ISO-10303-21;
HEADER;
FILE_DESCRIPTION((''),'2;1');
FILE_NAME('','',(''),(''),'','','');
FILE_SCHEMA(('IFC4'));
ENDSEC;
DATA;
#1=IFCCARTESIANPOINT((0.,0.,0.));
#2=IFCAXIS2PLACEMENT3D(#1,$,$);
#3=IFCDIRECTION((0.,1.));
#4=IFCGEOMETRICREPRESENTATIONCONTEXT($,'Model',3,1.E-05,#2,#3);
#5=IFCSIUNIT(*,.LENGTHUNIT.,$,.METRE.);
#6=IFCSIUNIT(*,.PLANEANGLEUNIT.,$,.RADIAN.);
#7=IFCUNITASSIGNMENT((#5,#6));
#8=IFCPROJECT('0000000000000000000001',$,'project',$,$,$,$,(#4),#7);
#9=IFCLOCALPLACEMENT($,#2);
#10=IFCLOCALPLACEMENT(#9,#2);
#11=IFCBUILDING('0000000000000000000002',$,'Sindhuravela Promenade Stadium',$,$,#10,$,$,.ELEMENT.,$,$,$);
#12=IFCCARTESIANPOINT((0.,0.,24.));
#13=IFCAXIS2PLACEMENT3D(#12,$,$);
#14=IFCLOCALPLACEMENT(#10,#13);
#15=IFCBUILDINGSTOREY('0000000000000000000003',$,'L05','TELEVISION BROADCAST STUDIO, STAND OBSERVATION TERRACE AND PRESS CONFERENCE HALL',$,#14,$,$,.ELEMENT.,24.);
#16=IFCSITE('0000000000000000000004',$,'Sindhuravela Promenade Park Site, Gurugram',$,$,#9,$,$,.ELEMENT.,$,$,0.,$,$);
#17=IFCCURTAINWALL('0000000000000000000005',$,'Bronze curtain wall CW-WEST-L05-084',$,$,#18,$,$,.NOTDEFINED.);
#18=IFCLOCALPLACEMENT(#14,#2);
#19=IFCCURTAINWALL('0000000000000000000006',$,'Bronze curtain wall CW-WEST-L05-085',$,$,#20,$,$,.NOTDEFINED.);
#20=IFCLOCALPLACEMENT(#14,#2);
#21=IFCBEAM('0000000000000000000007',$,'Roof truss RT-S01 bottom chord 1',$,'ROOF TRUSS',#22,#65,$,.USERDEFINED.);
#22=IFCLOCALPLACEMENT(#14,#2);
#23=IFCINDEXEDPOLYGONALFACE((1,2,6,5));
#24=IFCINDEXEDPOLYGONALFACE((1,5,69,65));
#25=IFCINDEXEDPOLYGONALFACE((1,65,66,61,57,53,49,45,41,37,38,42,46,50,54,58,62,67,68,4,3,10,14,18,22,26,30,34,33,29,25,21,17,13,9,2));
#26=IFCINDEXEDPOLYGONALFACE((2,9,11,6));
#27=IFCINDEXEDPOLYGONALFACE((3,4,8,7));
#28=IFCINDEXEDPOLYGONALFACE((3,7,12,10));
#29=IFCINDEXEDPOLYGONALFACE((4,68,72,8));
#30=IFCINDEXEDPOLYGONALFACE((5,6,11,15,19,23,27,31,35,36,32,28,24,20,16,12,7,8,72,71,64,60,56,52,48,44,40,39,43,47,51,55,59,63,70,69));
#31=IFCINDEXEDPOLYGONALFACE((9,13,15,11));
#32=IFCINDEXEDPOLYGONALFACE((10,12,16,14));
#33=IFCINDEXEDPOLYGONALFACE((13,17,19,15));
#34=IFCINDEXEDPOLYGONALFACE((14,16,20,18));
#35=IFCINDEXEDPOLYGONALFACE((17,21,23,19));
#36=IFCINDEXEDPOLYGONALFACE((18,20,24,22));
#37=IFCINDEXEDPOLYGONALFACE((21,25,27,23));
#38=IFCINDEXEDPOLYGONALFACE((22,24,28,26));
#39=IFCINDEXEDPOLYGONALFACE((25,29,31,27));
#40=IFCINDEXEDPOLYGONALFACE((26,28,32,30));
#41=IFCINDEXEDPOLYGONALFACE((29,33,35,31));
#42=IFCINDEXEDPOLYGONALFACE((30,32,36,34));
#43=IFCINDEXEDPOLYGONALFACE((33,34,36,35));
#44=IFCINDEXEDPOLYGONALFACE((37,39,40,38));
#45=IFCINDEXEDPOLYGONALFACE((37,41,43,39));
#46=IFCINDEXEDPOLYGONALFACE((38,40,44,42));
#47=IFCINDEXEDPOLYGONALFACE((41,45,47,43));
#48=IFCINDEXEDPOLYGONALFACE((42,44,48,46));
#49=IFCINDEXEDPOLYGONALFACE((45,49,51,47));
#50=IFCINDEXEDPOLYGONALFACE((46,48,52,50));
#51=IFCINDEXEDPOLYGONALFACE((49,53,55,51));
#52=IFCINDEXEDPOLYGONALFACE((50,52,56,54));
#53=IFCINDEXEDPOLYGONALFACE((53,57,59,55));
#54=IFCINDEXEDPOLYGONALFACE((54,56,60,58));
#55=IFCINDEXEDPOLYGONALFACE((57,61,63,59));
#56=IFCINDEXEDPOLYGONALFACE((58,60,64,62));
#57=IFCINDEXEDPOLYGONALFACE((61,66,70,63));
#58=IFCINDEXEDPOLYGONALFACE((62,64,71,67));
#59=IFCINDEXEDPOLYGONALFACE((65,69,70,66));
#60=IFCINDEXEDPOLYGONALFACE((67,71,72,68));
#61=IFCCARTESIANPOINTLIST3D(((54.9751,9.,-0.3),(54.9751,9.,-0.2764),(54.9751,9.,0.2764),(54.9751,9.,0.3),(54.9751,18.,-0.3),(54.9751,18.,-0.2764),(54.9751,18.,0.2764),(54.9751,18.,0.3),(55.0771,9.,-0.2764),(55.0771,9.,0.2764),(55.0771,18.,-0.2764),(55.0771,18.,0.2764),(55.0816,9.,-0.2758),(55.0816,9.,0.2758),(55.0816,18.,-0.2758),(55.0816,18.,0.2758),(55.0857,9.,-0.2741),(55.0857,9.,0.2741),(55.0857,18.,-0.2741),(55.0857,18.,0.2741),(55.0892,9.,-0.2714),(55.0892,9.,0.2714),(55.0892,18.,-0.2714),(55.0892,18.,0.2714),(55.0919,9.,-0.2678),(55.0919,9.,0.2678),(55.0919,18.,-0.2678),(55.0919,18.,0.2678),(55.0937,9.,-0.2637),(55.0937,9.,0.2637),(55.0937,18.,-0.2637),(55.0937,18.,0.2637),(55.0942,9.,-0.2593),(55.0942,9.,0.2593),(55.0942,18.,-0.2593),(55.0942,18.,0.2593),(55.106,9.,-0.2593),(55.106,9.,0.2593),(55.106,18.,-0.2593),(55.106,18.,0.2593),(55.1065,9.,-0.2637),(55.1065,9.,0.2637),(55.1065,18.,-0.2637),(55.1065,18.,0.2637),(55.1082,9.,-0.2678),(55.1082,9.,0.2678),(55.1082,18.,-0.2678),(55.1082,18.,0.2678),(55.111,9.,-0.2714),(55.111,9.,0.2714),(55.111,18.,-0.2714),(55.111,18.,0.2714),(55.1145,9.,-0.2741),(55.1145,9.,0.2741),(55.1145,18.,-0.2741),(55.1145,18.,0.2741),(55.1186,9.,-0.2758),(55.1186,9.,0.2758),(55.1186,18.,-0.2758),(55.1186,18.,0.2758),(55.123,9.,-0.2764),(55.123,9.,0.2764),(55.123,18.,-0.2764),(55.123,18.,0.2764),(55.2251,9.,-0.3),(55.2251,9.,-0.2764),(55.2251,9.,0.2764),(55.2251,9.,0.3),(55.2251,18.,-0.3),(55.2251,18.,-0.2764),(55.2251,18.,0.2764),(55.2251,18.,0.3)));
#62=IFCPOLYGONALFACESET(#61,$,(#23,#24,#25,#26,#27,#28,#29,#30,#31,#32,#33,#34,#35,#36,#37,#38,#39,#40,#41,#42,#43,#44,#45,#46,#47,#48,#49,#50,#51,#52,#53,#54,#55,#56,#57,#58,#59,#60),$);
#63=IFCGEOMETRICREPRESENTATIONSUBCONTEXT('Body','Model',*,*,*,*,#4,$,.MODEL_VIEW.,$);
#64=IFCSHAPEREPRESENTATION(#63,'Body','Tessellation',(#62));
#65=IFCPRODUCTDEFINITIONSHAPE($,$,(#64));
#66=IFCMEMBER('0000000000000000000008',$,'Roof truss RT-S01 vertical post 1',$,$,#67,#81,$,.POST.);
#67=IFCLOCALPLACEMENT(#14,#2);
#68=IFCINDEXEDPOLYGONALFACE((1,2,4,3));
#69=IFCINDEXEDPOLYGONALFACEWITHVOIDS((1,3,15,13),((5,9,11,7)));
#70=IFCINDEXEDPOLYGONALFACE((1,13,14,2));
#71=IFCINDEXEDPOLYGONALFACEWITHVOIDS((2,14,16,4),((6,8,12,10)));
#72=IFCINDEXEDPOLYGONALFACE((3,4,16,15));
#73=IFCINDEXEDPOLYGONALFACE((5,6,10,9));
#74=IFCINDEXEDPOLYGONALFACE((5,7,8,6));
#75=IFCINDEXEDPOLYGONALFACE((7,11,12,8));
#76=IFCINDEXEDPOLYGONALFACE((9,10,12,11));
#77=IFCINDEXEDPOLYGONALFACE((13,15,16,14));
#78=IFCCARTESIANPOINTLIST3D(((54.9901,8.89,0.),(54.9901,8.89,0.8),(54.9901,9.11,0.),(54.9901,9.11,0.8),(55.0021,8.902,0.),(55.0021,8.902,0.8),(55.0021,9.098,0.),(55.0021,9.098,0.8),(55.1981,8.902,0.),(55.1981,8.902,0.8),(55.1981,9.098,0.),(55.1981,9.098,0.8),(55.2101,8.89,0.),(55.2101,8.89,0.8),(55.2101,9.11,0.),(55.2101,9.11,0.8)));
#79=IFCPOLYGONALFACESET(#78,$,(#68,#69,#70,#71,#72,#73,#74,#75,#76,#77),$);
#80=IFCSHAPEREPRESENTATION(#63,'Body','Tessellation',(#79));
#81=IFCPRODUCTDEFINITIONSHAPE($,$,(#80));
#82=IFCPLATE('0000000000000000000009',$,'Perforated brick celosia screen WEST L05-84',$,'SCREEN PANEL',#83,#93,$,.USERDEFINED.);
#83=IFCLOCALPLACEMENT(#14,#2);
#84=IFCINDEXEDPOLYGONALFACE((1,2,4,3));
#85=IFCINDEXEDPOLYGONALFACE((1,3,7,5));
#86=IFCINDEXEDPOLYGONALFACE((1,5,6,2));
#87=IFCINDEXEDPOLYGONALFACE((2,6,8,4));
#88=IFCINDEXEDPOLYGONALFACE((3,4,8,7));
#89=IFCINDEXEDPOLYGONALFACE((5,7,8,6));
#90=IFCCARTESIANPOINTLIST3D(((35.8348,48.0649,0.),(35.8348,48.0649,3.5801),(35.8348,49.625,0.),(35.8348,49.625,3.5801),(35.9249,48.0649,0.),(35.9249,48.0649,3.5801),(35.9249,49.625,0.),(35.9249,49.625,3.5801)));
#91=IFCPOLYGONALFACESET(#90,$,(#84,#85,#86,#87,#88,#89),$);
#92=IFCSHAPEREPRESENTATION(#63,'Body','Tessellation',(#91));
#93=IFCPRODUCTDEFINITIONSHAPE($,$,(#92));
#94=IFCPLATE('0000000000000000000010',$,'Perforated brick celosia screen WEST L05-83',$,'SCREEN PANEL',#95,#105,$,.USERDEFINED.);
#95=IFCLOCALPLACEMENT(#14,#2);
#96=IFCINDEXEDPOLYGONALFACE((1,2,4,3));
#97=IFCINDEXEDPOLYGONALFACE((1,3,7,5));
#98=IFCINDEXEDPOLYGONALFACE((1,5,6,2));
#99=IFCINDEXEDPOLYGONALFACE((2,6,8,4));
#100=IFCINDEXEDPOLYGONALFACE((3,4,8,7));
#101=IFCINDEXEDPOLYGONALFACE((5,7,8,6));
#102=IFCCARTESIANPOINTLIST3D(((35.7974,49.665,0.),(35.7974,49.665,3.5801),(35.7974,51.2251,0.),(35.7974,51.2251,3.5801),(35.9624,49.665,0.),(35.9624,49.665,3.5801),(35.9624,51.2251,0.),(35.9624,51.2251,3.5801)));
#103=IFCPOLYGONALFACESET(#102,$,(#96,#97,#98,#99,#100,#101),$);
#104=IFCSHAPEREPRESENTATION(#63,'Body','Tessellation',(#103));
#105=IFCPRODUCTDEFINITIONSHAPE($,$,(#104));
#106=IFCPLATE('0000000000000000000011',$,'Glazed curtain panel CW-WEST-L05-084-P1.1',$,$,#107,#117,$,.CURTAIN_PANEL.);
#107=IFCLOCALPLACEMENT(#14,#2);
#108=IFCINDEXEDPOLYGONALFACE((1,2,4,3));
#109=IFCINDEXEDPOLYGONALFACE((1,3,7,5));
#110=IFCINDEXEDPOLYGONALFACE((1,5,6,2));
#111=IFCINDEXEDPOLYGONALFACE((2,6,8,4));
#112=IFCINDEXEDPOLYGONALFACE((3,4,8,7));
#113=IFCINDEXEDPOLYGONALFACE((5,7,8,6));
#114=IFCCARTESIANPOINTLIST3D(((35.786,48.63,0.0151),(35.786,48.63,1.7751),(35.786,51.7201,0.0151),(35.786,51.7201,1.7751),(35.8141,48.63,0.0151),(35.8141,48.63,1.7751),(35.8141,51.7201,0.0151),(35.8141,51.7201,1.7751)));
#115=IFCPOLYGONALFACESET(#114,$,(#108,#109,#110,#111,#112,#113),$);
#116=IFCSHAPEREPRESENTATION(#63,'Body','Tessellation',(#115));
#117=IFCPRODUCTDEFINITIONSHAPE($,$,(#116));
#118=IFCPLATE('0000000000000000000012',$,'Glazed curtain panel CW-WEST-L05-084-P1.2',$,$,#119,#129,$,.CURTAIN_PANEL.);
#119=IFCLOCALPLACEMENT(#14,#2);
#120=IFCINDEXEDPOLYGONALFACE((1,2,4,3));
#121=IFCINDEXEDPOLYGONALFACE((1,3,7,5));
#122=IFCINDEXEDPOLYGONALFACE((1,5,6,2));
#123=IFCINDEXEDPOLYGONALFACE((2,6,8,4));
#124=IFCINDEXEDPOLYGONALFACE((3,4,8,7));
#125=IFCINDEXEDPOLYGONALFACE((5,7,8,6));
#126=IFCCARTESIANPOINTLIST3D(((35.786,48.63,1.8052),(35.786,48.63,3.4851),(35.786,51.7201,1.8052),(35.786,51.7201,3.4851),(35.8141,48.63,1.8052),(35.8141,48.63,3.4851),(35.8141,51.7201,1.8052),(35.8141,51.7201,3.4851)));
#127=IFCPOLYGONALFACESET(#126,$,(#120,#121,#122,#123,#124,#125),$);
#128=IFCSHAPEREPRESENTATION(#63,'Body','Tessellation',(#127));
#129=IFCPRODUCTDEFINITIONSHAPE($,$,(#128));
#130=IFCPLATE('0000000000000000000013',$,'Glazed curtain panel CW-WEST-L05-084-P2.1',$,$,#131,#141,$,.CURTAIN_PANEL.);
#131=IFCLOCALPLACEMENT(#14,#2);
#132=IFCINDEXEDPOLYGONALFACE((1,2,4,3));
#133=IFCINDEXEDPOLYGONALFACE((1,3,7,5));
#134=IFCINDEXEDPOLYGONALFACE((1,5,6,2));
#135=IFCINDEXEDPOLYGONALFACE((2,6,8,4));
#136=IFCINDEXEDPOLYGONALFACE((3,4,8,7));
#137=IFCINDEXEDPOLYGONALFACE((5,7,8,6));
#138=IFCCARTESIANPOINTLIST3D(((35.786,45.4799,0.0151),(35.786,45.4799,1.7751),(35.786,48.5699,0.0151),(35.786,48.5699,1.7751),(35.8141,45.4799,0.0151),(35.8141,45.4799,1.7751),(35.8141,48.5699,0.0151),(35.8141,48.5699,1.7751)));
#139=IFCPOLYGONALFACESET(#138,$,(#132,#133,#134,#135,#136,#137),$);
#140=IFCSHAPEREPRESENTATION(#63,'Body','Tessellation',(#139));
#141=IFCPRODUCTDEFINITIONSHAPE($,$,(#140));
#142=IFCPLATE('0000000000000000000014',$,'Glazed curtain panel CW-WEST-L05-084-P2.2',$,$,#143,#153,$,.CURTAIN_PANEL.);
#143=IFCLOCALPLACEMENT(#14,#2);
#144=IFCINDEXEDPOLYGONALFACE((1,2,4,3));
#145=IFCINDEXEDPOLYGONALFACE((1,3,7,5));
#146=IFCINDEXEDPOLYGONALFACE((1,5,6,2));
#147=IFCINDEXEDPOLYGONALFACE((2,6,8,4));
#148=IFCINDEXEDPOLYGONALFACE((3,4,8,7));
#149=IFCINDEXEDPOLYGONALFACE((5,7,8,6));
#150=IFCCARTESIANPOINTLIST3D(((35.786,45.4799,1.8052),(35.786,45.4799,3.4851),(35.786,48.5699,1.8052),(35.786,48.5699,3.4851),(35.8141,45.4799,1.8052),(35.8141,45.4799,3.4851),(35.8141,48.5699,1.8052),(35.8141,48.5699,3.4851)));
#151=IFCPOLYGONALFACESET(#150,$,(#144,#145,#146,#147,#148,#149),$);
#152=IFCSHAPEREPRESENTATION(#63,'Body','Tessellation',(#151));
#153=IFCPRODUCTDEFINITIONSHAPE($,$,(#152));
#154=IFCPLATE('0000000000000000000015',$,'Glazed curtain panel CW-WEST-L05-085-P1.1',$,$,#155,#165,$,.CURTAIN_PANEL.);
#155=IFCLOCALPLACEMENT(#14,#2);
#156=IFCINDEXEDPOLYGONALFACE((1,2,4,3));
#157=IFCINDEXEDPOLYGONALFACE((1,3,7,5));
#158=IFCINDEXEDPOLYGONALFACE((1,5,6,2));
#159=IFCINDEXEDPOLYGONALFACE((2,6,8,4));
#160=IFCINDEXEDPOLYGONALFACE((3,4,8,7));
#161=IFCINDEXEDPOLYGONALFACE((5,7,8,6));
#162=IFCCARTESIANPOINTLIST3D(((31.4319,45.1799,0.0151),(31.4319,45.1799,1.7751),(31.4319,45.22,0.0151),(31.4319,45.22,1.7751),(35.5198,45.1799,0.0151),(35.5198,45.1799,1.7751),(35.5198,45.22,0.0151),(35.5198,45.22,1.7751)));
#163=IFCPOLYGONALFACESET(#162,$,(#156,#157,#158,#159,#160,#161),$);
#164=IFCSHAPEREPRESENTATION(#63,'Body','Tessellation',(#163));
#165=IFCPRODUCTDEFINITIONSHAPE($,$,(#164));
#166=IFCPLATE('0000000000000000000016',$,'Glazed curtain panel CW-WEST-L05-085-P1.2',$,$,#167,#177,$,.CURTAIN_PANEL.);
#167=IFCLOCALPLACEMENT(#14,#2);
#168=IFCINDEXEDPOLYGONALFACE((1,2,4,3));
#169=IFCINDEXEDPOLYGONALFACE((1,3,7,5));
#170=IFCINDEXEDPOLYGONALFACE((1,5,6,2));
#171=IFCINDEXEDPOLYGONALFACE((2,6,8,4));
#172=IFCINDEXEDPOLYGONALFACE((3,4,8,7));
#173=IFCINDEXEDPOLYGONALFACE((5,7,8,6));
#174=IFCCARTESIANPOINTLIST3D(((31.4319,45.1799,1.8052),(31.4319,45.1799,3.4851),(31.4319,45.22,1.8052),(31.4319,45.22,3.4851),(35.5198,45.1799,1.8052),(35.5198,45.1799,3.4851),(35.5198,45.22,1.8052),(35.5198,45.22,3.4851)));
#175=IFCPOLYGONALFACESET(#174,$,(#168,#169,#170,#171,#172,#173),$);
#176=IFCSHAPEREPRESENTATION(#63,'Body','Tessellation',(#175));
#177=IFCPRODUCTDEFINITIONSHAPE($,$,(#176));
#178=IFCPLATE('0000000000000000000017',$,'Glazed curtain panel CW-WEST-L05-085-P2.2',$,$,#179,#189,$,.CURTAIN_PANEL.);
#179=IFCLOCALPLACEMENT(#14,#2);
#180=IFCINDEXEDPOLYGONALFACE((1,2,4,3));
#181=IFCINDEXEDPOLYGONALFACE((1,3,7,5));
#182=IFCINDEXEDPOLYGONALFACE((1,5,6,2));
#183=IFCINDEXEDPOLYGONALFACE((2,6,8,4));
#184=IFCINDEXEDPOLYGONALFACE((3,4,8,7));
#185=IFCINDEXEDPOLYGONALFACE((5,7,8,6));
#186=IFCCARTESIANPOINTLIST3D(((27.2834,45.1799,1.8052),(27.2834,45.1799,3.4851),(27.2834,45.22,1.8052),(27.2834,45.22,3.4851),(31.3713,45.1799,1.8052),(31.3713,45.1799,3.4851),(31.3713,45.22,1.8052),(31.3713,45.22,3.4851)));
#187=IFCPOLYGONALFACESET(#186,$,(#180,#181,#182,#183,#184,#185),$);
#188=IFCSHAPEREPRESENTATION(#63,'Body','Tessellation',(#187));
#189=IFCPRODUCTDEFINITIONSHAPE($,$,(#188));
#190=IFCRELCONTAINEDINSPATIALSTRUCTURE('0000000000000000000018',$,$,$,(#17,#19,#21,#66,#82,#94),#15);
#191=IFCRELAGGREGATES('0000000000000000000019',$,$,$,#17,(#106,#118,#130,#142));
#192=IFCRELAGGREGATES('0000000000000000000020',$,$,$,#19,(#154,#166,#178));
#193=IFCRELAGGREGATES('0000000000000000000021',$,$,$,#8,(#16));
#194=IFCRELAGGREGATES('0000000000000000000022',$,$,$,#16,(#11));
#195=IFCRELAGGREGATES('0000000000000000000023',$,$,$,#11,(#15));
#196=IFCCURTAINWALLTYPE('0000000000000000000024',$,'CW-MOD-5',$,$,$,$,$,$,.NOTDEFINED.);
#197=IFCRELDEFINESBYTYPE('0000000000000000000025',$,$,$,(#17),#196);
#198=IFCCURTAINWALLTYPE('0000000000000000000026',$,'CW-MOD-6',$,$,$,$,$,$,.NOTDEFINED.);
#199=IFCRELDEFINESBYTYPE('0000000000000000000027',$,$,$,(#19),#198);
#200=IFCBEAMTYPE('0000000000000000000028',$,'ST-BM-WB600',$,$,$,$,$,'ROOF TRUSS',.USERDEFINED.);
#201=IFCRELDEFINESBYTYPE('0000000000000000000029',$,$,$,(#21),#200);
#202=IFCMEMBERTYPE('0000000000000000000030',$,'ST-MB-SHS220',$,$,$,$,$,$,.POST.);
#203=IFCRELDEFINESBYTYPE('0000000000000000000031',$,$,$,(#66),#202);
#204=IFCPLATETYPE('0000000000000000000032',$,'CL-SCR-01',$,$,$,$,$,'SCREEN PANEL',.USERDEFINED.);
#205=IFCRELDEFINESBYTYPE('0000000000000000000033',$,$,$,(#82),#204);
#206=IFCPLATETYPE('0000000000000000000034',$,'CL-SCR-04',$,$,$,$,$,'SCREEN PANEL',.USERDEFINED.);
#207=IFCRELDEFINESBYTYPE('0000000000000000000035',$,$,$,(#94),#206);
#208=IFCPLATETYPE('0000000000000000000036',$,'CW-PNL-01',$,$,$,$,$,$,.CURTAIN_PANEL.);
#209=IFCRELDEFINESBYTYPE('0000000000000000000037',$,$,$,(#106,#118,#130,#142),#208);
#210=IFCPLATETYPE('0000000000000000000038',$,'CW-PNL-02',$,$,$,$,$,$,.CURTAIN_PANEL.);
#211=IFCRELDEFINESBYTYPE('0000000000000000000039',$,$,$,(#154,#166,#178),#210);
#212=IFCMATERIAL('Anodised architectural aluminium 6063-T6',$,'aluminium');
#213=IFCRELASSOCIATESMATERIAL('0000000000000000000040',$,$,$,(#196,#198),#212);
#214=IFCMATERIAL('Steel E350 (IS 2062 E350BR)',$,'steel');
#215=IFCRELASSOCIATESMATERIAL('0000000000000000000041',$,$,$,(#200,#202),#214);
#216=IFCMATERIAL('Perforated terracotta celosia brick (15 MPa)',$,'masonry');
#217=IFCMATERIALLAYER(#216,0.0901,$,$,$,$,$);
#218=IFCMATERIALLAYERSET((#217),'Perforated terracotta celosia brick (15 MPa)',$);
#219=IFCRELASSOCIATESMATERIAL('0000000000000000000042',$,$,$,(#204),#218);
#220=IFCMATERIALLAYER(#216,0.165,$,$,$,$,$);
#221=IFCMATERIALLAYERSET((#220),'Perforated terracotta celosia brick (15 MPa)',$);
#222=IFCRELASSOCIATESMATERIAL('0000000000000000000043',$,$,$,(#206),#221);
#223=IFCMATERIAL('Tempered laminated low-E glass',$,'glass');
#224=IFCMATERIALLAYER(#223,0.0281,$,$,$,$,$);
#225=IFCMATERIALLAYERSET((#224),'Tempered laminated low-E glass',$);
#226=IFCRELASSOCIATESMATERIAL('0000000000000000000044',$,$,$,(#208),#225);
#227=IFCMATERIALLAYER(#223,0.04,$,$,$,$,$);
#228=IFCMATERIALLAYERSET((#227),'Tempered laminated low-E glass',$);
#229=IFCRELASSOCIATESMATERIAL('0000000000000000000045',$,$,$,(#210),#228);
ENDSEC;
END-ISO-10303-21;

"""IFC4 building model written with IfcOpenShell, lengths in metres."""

from ifc_helpers import new_model, si_unit, direction, frame, origin, origin_2d, place, context, subcontext, project, spatial, rectangle, hollow_rectangle, i_section, extrude, material, layer, layer_set, material_profile, profile_set, type_object, element, aggregate, save


model = new_model("IFC4")

# Units and contexts
model_context = context("Model", 3, precision=1e-05, world=origin(), true_north=direction((0.0, 1.0)))
body_context = subcontext(model_context, "Body", "Model", "MODEL_VIEW")
ifc_project = project(units=[si_unit("LENGTHUNIT", "METRE"), si_unit("PLANEANGLEUNIT", "RADIAN")], contexts=[model_context])

# Site, building, storey
site_placement = place(None, origin())
site = spatial("IfcSite", under=ifc_project, at=site_placement, Name="Sindhuravela Promenade Park Site, Gurugram", CompositionType="ELEMENT", RefElevation=0.0)
building_placement = place(site_placement, origin())
building = spatial("IfcBuilding", under=site, at=building_placement, Name="Sindhuravela Promenade Stadium", CompositionType="ELEMENT")
storey_placement = place(building_placement, frame((0.0, 0.0, 24.0)))
storey = spatial("IfcBuildingStorey", under=building, at=storey_placement, Name="L05", Description="TELEVISION BROADCAST STUDIO, STAND OBSERVATION TERRACE AND PRESS CONFERENCE HALL", CompositionType="ELEMENT", Elevation=24.0)

# Curtain walls
ifc_material_1 = material(Name="Anodised architectural aluminium 6063-T6", Category="aluminium")
curtain_wall_type_1 = type_object("IfcCurtainWallType", Name="CW-MOD-5", PredefinedType="NOTDEFINED", material=ifc_material_1)
curtain_wall_1_placement = place(storey_placement, origin())
curtain_wall_1 = element("IfcCurtainWall", 1, at=curtain_wall_1_placement, inside=storey, type_object=curtain_wall_type_1, Name="Bronze curtain wall CW-WEST-L05-084", PredefinedType="NOTDEFINED")
curtain_wall_type_2 = type_object("IfcCurtainWallType", Name="CW-MOD-6", PredefinedType="NOTDEFINED", material=ifc_material_1)
curtain_wall_2_placement = place(storey_placement, origin())
curtain_wall_2 = element("IfcCurtainWall", 2, at=curtain_wall_2_placement, inside=storey, type_object=curtain_wall_type_2, Name="Bronze curtain wall CW-WEST-L05-085", PredefinedType="NOTDEFINED")

# Beam
ifc_material_2 = material(Name="Steel E350 (IS 2062 E350BR)", Category="steel")
ifc_material_profile_1 = material_profile(ifc_material_2, i_section(OverallWidth=0.25, OverallDepth=0.6001, WebThickness=0.0117, FlangeThickness=0.0237, FilletRadius=0.0171, at=origin_2d()), Name="ISWB 600")
ifc_profile_set_1 = profile_set([ifc_material_profile_1], Name="Steel E350 (IS 2062 E350BR)")
beam_type_1 = type_object("IfcBeamType", Name="ST-BM-WB600", ElementType="ROOF TRUSS", PredefinedType="USERDEFINED", material=ifc_profile_set_1)
beam_1_placement = place(storey_placement, frame((55.1001, 9.0, 0.0), z_axis=(0.0, 1.0, 0.0), x_axis=(-1.0, 0.0, 0.0)))
element("IfcBeam", 3, at=beam_1_placement, inside=storey, type_object=beam_type_1, Name="Roof truss RT-S01 bottom chord 1", ObjectType="ROOF TRUSS", PredefinedType="USERDEFINED", context=body_context, shape_type="SweptSolid", body=[
    extrude(i_section(OverallWidth=0.25, OverallDepth=0.6001, WebThickness=0.0117, FlangeThickness=0.0237, FilletRadius=0.0171, at=origin_2d()), origin(), (0.0, 0.0, 1.0), 9.0),
])

# Member
ifc_material_profile_2 = material_profile(ifc_material_2, hollow_rectangle(XDim=0.22, YDim=0.22, WallThickness=0.012, at=origin_2d()), Name="SHS 220x220x12")
ifc_profile_set_2 = profile_set([ifc_material_profile_2], Name="Steel E350 (IS 2062 E350BR)")
member_type_1 = type_object("IfcMemberType", Name="ST-MB-SHS220", PredefinedType="POST", material=ifc_profile_set_2)
member_1_placement = place(storey_placement, frame((55.1001, 9.0, 0.0), z_axis=(0.0, 0.0, 1.0), x_axis=(1.0, 0.0, 0.0)))
element("IfcMember", 4, at=member_1_placement, inside=storey, type_object=member_type_1, Name="Roof truss RT-S01 vertical post 1", PredefinedType="POST", context=body_context, shape_type="SweptSolid", body=[
    extrude(hollow_rectangle(XDim=0.22, YDim=0.22, WallThickness=0.012, at=origin_2d()), origin(), (0.0, 0.0, 1.0), 0.8),
])

# Plates
ifc_material_3 = material(Name="Perforated terracotta celosia brick (15 MPa)", Category="masonry")
ifc_layer_1 = layer(ifc_material_3, 0.0901)
ifc_layer_set_1 = layer_set([ifc_layer_1], Name="Perforated terracotta celosia brick (15 MPa)")
plate_type_1 = type_object("IfcPlateType", Name="CL-SCR-01", ElementType="SCREEN PANEL", PredefinedType="USERDEFINED", material=ifc_layer_set_1)
plate_1_placement = place(storey_placement, frame((35.8799, 48.845, 0.0), z_axis=(0.0, 0.0, 1.0), x_axis=(0.0, -1.0, 0.0)))
element("IfcPlate", 5, at=plate_1_placement, inside=storey, type_object=plate_type_1, Name="Perforated brick celosia screen WEST L05-84", ObjectType="SCREEN PANEL", PredefinedType="USERDEFINED", context=body_context, shape_type="SweptSolid", body=[
    extrude(rectangle(XDim=1.5601, YDim=0.0901, at=origin_2d()), origin(), (0.0, 0.0, 1.0), 3.5801),
])
ifc_layer_2 = layer(ifc_material_3, 0.165)
ifc_layer_set_2 = layer_set([ifc_layer_2], Name="Perforated terracotta celosia brick (15 MPa)")
plate_type_2 = type_object("IfcPlateType", Name="CL-SCR-04", ElementType="SCREEN PANEL", PredefinedType="USERDEFINED", material=ifc_layer_set_2)
plate_2_placement = place(storey_placement, frame((35.8799, 50.4451, 0.0), z_axis=(0.0, 0.0, 1.0), x_axis=(0.0, -1.0, 0.0)))
element("IfcPlate", 6, at=plate_2_placement, inside=storey, type_object=plate_type_2, Name="Perforated brick celosia screen WEST L05-83", ObjectType="SCREEN PANEL", PredefinedType="USERDEFINED", context=body_context, shape_type="SweptSolid", body=[
    extrude(rectangle(XDim=1.5601, YDim=0.165, at=origin_2d()), origin(), (0.0, 0.0, 1.0), 3.5801),
])

# Plates
ifc_material_4 = material(Name="Tempered laminated low-E glass", Category="glass")
ifc_layer_3 = layer(ifc_material_4, 0.0281)
ifc_layer_set_3 = layer_set([ifc_layer_3], Name="Tempered laminated low-E glass")
plate_type_3 = type_object("IfcPlateType", Name="CW-PNL-01", PredefinedType="CURTAIN_PANEL", material=ifc_layer_set_3)
plate_3_placement = place(storey_placement, frame((35.8, 50.175, 0.0151), z_axis=(0.0, 0.0, 1.0), x_axis=(0.0, -1.0, 0.0)))
plate_3 = element("IfcPlate", 7, at=plate_3_placement, type_object=plate_type_3, Name="Glazed curtain panel CW-WEST-L05-084-P1.1", PredefinedType="CURTAIN_PANEL", context=body_context, shape_type="SweptSolid", body=[
    extrude(rectangle(XDim=3.0901, YDim=0.0281, at=origin_2d()), origin(), (0.0, 0.0, 1.0), 1.76),
])
plate_4_placement = place(storey_placement, frame((35.8, 50.175, 1.8052), z_axis=(0.0, 0.0, 1.0), x_axis=(0.0, -1.0, 0.0)))
plate_4 = element("IfcPlate", 8, at=plate_4_placement, type_object=plate_type_3, Name="Glazed curtain panel CW-WEST-L05-084-P1.2", PredefinedType="CURTAIN_PANEL", context=body_context, shape_type="SweptSolid", body=[
    extrude(rectangle(XDim=3.0901, YDim=0.0281, at=origin_2d()), origin(), (0.0, 0.0, 1.0), 1.6799),
])
plate_5_placement = place(storey_placement, frame((35.8, 47.0249, 0.0151), z_axis=(0.0, 0.0, 1.0), x_axis=(0.0, -1.0, 0.0)))
plate_5 = element("IfcPlate", 9, at=plate_5_placement, type_object=plate_type_3, Name="Glazed curtain panel CW-WEST-L05-084-P2.1", PredefinedType="CURTAIN_PANEL", context=body_context, shape_type="SweptSolid", body=[
    extrude(rectangle(XDim=3.0901, YDim=0.0281, at=origin_2d()), origin(), (0.0, 0.0, 1.0), 1.76),
])
plate_6_placement = place(storey_placement, frame((35.8, 47.0249, 1.8052), z_axis=(0.0, 0.0, 1.0), x_axis=(0.0, -1.0, 0.0)))
plate_6 = element("IfcPlate", 10, at=plate_6_placement, type_object=plate_type_3, Name="Glazed curtain panel CW-WEST-L05-084-P2.2", PredefinedType="CURTAIN_PANEL", context=body_context, shape_type="SweptSolid", body=[
    extrude(rectangle(XDim=3.0901, YDim=0.0281, at=origin_2d()), origin(), (0.0, 0.0, 1.0), 1.6799),
])
aggregate(curtain_wall_1, [plate_3, plate_4, plate_5, plate_6])
ifc_layer_4 = layer(ifc_material_4, 0.04)
ifc_layer_set_4 = layer_set([ifc_layer_4], Name="Tempered laminated low-E glass")
plate_type_4 = type_object("IfcPlateType", Name="CW-PNL-02", PredefinedType="CURTAIN_PANEL", material=ifc_layer_set_4)
plate_7_placement = place(storey_placement, frame((33.4758, 45.2, 0.0151), z_axis=(0.0, 0.0, 1.0), x_axis=(-1.0, 0.0, 0.0)))
plate_7 = element("IfcPlate", 11, at=plate_7_placement, type_object=plate_type_4, Name="Glazed curtain panel CW-WEST-L05-085-P1.1", PredefinedType="CURTAIN_PANEL", context=body_context, shape_type="SweptSolid", body=[
    extrude(rectangle(XDim=4.0879, YDim=0.04, at=origin_2d()), origin(), (0.0, 0.0, 1.0), 1.76),
])
plate_8_placement = place(storey_placement, frame((33.4758, 45.2, 1.8052), z_axis=(0.0, 0.0, 1.0), x_axis=(-1.0, 0.0, 0.0)))
plate_8 = element("IfcPlate", 12, at=plate_8_placement, type_object=plate_type_4, Name="Glazed curtain panel CW-WEST-L05-085-P1.2", PredefinedType="CURTAIN_PANEL", context=body_context, shape_type="SweptSolid", body=[
    extrude(rectangle(XDim=4.0879, YDim=0.04, at=origin_2d()), origin(), (0.0, 0.0, 1.0), 1.6799),
])
plate_9_placement = place(storey_placement, frame((29.3274, 45.2, 1.8052), z_axis=(0.0, 0.0, 1.0), x_axis=(-1.0, 0.0, 0.0)))
plate_9 = element("IfcPlate", 13, at=plate_9_placement, type_object=plate_type_4, Name="Glazed curtain panel CW-WEST-L05-085-P2.2", PredefinedType="CURTAIN_PANEL", context=body_context, shape_type="SweptSolid", body=[
    extrude(rectangle(XDim=4.0879, YDim=0.04, at=origin_2d()), origin(), (0.0, 0.0, 1.0), 1.6799),
])
aggregate(curtain_wall_2, [plate_7, plate_8, plate_9])

save(model, "model.ifc")
